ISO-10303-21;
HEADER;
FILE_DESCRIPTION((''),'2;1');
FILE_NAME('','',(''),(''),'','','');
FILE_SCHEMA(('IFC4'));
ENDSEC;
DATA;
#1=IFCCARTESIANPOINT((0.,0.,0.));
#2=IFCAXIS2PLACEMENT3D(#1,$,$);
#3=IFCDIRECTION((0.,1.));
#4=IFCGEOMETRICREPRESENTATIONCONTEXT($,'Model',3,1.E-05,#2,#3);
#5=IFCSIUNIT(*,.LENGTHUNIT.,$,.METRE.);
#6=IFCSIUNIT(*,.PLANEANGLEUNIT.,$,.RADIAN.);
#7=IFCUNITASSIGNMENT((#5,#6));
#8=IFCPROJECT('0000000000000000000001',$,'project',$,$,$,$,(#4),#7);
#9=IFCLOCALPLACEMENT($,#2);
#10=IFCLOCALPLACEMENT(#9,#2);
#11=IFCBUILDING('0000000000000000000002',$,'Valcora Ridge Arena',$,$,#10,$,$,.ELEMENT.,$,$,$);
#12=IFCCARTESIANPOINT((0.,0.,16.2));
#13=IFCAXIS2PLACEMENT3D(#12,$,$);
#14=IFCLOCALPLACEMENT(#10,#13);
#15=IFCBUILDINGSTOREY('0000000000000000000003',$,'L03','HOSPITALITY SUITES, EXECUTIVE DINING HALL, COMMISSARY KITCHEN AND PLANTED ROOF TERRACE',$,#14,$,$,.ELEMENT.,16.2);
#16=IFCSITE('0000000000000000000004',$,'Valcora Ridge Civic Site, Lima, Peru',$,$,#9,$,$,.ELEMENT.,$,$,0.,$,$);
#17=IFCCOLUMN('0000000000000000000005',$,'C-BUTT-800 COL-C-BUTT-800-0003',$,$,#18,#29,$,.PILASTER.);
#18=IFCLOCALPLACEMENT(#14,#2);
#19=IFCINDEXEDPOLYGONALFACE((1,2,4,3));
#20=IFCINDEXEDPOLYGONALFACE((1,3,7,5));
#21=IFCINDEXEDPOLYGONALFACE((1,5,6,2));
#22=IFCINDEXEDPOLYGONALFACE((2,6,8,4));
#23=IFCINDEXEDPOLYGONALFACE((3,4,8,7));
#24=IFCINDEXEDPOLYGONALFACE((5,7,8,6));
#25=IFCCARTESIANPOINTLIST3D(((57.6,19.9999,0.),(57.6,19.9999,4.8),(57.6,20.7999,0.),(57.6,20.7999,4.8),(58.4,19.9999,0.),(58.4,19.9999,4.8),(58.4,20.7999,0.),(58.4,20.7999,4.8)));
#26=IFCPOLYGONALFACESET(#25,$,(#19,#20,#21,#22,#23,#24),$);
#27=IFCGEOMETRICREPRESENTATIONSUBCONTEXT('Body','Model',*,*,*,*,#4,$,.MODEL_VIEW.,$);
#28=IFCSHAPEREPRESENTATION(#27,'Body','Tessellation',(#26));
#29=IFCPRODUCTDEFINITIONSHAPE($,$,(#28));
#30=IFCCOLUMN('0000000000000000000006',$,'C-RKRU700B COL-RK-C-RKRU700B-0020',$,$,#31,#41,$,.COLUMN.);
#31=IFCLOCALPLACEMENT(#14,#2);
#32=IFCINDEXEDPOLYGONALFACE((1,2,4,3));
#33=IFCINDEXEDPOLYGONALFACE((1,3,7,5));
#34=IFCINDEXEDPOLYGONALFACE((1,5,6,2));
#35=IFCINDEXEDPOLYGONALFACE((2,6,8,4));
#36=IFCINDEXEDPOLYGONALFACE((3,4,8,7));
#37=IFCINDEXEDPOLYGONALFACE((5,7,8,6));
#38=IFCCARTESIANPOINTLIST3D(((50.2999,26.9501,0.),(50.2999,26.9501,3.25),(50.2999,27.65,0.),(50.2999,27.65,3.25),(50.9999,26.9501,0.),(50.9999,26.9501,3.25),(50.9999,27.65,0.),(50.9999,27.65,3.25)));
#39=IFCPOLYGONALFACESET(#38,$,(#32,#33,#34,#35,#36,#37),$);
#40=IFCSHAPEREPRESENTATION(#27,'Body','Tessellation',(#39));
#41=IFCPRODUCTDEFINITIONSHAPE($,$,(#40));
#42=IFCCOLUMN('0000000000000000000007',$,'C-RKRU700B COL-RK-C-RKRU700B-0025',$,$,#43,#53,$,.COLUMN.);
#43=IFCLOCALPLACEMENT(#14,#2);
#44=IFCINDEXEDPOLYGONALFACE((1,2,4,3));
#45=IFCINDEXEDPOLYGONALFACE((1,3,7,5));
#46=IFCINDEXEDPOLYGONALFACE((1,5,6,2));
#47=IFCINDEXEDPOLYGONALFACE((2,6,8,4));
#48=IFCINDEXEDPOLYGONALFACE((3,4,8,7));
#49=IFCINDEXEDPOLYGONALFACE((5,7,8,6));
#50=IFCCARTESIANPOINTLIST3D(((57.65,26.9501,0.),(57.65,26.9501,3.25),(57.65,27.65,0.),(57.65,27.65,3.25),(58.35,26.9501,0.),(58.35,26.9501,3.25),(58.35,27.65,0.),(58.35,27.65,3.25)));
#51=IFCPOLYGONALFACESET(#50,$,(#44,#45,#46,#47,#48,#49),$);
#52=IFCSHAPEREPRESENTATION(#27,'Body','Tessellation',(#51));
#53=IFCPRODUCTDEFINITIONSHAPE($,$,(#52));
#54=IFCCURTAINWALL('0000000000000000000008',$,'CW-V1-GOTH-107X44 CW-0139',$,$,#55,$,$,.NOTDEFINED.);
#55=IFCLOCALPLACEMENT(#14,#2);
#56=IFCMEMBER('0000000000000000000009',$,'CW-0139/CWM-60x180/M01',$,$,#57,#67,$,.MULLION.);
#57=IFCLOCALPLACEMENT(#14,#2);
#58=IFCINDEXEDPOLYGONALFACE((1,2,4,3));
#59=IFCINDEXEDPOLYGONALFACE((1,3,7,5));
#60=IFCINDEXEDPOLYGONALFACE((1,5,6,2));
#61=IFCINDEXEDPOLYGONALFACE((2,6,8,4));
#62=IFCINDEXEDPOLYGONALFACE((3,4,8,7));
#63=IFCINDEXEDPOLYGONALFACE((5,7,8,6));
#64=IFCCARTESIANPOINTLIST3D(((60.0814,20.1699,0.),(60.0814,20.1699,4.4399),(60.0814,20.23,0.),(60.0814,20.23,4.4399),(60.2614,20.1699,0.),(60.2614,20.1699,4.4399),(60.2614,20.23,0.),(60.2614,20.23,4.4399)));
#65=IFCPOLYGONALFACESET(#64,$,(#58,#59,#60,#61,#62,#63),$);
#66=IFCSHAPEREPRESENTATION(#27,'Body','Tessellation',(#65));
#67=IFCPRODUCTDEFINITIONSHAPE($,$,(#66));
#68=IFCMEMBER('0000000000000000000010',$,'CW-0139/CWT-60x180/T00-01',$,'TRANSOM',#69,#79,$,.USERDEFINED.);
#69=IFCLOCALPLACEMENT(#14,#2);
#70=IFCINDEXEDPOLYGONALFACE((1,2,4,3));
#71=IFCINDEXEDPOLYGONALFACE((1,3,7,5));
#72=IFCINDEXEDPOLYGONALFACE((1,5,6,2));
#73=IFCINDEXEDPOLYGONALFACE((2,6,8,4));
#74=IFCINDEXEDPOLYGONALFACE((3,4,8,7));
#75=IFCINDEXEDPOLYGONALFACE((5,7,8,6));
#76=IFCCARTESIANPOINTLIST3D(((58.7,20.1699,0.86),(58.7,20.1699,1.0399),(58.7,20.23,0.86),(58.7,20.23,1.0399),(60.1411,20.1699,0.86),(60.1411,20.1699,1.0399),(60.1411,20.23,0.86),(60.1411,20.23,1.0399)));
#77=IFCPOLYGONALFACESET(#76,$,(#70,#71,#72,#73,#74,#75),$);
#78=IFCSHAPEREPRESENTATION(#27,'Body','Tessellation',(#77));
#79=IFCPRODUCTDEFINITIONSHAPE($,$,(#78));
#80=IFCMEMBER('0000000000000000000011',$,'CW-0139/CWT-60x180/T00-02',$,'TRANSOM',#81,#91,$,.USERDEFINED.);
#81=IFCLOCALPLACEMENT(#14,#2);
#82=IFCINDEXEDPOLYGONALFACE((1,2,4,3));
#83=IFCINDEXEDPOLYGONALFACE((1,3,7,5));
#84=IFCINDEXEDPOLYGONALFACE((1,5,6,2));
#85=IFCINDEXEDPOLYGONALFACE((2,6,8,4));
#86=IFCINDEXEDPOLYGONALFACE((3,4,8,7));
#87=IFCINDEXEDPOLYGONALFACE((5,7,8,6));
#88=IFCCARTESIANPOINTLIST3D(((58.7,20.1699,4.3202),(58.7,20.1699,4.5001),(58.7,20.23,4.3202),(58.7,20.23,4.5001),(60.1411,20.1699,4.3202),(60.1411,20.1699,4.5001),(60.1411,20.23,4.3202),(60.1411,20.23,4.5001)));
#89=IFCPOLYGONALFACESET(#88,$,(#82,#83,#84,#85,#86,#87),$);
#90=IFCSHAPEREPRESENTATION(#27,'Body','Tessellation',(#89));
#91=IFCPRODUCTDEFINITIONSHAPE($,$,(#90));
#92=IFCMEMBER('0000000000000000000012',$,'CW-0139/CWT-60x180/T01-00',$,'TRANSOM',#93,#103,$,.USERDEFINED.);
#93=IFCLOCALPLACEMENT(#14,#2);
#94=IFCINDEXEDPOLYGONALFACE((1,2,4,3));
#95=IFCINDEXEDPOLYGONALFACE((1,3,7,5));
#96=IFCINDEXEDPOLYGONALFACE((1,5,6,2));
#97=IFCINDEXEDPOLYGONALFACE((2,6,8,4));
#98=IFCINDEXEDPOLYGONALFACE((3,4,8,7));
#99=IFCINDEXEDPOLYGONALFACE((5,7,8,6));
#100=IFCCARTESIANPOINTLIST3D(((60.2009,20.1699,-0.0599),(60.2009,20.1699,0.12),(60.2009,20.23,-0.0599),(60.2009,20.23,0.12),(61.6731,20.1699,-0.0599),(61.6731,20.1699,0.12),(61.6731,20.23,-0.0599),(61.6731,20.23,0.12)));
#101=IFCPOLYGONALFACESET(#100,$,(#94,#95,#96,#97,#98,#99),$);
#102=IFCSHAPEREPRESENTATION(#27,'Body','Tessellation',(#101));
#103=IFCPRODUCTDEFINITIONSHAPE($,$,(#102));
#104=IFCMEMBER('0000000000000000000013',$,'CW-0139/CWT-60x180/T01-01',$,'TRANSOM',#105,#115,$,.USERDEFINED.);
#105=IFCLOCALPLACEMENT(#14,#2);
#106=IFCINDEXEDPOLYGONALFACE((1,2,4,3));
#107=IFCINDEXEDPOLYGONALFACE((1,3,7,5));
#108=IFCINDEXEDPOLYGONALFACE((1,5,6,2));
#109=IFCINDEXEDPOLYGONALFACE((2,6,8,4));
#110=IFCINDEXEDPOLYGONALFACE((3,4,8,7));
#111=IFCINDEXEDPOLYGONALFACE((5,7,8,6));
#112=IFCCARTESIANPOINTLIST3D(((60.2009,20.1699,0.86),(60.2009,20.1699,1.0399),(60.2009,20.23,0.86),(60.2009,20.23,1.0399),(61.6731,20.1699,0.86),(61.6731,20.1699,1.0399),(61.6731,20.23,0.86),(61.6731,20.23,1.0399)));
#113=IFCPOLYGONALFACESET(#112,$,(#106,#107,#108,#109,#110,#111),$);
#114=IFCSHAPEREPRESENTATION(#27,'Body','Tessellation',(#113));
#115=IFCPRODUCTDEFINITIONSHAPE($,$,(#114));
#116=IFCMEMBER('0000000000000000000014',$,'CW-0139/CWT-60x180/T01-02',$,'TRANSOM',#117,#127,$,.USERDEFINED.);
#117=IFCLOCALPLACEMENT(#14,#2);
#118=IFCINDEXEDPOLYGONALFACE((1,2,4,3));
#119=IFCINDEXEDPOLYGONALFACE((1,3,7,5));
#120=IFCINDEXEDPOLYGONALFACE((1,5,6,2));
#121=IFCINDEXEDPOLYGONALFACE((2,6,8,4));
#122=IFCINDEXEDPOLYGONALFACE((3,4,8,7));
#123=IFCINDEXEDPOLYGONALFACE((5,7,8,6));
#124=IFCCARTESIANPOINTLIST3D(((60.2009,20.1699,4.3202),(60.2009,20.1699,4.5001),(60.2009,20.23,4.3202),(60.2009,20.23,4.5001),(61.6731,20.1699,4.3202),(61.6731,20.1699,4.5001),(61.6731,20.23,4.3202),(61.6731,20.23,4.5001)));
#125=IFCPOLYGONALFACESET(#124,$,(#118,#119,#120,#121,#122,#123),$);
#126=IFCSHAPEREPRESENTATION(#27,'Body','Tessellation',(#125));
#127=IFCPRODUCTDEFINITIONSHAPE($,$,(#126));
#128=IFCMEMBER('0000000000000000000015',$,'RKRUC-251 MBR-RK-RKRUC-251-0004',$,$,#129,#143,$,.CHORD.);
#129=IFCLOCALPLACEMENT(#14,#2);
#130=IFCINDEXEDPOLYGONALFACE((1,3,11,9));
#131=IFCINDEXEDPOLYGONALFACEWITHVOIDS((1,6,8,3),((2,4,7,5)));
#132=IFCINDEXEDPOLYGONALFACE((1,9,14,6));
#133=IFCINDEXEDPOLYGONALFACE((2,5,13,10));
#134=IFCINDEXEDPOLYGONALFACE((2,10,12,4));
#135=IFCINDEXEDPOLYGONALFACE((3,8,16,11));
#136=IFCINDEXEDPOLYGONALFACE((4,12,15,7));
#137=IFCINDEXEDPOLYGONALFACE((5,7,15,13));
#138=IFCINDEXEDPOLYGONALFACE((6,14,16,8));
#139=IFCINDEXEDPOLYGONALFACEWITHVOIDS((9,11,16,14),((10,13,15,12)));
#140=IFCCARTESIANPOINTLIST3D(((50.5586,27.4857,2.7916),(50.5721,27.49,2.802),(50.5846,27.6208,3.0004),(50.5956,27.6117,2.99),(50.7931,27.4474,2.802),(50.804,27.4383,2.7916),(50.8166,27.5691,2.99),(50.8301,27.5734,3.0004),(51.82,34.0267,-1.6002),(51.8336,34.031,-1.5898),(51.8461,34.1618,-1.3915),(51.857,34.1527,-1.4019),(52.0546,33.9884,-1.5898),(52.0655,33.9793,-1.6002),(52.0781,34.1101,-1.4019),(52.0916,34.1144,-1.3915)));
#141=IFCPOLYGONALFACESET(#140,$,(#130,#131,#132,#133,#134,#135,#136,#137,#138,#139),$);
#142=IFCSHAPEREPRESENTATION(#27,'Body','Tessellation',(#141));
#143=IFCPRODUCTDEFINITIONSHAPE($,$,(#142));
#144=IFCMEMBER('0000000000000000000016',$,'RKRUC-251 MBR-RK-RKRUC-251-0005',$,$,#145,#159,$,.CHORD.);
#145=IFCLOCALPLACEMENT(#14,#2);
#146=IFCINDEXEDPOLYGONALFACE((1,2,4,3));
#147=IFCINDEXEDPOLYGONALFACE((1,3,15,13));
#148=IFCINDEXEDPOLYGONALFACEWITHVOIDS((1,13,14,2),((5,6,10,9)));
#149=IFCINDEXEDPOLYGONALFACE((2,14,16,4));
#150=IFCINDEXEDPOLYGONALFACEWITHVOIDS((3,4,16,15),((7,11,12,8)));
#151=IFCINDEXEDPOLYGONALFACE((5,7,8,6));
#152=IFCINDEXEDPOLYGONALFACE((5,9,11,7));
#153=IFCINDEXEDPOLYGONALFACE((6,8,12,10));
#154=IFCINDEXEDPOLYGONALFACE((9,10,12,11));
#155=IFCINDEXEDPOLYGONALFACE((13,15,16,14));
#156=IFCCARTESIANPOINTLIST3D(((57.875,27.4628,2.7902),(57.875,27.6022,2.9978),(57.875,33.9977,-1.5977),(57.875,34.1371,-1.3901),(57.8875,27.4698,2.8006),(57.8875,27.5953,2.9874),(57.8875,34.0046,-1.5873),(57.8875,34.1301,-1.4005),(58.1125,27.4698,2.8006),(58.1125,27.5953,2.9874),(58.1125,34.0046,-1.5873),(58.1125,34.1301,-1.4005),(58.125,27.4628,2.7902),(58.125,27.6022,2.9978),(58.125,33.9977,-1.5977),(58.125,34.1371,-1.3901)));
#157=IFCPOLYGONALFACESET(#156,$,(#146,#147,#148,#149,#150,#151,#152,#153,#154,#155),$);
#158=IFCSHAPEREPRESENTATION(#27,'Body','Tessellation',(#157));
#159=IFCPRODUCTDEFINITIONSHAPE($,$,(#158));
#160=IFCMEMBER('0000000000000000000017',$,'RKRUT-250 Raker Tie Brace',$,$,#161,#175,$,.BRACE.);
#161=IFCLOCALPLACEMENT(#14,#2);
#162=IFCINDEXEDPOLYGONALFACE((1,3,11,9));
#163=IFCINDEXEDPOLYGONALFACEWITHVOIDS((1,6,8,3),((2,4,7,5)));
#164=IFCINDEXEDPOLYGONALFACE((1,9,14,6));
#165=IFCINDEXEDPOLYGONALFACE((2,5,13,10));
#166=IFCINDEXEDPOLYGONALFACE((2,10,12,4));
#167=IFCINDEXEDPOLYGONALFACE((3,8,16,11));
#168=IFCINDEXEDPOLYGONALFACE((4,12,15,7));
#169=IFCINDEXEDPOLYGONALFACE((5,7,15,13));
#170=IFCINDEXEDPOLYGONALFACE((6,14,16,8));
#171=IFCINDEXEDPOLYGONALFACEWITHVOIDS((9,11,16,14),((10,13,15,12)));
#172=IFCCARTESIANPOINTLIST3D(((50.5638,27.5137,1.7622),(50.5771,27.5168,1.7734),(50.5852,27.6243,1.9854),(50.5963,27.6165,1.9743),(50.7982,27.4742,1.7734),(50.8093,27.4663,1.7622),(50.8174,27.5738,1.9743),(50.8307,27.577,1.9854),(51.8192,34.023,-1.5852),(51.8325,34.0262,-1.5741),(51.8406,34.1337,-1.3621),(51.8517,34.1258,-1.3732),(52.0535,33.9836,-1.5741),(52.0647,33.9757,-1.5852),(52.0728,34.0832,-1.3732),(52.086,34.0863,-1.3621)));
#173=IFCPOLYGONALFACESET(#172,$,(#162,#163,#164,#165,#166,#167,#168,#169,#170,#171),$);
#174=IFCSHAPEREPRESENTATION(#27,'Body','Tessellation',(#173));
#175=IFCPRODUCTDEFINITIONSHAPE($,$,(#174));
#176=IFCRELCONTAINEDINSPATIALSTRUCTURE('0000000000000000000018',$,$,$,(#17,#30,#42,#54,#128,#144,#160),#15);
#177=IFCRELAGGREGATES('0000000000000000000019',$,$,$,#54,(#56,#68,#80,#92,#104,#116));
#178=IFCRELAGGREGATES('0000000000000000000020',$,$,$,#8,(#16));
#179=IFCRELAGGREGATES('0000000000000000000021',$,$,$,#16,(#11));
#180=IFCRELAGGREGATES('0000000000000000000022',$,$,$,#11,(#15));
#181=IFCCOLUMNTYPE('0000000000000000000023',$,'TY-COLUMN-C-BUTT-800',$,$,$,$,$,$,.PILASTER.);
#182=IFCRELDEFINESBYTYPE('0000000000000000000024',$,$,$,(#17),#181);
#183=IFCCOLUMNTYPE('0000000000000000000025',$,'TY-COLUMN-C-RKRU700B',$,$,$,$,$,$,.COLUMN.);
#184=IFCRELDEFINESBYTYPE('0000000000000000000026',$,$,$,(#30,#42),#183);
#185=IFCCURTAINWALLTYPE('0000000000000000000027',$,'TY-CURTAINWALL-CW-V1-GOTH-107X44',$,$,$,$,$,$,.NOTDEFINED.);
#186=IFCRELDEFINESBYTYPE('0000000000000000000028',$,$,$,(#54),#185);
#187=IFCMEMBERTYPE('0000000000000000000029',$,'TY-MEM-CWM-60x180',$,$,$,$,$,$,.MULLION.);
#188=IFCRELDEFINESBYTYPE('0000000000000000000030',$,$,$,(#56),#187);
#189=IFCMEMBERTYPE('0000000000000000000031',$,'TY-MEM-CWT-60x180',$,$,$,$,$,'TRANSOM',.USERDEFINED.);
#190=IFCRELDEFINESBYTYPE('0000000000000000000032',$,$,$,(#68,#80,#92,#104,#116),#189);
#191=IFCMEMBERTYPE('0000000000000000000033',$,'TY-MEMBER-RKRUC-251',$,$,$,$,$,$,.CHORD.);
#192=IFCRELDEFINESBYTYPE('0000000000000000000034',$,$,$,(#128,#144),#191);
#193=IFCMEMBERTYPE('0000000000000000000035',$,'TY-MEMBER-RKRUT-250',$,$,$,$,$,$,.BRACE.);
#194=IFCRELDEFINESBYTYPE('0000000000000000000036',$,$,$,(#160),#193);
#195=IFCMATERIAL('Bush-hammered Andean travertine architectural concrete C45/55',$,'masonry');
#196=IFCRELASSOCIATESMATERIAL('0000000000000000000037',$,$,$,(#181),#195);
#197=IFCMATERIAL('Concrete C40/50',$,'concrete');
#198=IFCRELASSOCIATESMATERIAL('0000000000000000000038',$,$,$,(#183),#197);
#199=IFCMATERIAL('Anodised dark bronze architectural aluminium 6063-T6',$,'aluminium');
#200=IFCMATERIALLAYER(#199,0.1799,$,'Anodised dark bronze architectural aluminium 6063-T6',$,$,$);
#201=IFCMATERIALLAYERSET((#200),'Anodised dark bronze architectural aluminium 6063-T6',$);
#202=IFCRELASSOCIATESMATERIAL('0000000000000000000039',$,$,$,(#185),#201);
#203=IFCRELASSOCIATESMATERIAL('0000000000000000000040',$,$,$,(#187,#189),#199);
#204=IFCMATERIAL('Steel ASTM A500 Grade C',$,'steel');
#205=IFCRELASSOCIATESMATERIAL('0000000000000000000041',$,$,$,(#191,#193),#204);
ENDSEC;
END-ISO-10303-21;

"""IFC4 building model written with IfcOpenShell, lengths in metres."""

from ifc_helpers import new_model, si_unit, direction, frame, origin, origin_2d, place, context, subcontext, project, spatial, rectangle, hollow_rectangle, extrude, material, layer, layer_set, material_profile, profile_set, type_object, element, aggregate, save


model = new_model("IFC4")

# Units and contexts
model_context = context("Model", 3, precision=1e-05, world=origin(), true_north=direction((0.0, 1.0)))
body_context = subcontext(model_context, "Body", "Model", "MODEL_VIEW")
ifc_project = project(units=[si_unit("LENGTHUNIT", "METRE"), si_unit("PLANEANGLEUNIT", "RADIAN")], contexts=[model_context])

# Site, building, storey
site_placement = place(None, origin())
site = spatial("IfcSite", under=ifc_project, at=site_placement, Name="Valcora Ridge Civic Site, Lima, Peru", CompositionType="ELEMENT", RefElevation=0.0)
building_placement = place(site_placement, origin())
building = spatial("IfcBuilding", under=site, at=building_placement, Name="Valcora Ridge Arena", CompositionType="ELEMENT")
storey_placement = place(building_placement, frame((0.0, 0.0, 16.2)))
storey = spatial("IfcBuildingStorey", under=building, at=storey_placement, Name="L03", Description="HOSPITALITY SUITES, EXECUTIVE DINING HALL, COMMISSARY KITCHEN AND PLANTED ROOF TERRACE", CompositionType="ELEMENT", Elevation=16.2)

# Columns
ifc_material_1 = material(Name="Bush-hammered Andean travertine architectural concrete C45/55", Category="masonry")
ifc_material_profile_1 = material_profile(ifc_material_1, rectangle(XDim=0.8, YDim=0.8, at=origin_2d()), Name="RC 800x800")
ifc_profile_set_1 = profile_set([ifc_material_profile_1], Name="Bush-hammered Andean travertine architectural concrete C45/55")
column_type_1 = type_object("IfcColumnType", Name="TY-COLUMN-C-BUTT-800", PredefinedType="PILASTER", material=ifc_profile_set_1)
column_placement = place(storey_placement, frame((58.0, 20.3999, 0.0), z_axis=(0.0, 0.0, 1.0), x_axis=(1.0, 0.0, 0.0)))
element("IfcColumn", 1, at=column_placement, inside=storey, type_object=column_type_1, Name="C-BUTT-800 COL-C-BUTT-800-0003", PredefinedType="PILASTER", context=body_context, shape_type="SweptSolid", body=[
    extrude(rectangle(XDim=0.8, YDim=0.8, at=origin_2d()), origin(), (0.0, 0.0, 1.0), 4.8),
])
ifc_material_2 = material(Name="Concrete C40/50", Category="concrete")
ifc_material_profile_2 = material_profile(ifc_material_2, rectangle(XDim=0.7, YDim=0.7, at=origin_2d()), Name="RC 700x700")
ifc_profile_set_2 = profile_set([ifc_material_profile_2], Name="Concrete C40/50")
column_type_2 = type_object("IfcColumnType", Name="TY-COLUMN-C-RKRU700B", PredefinedType="COLUMN", material=ifc_profile_set_2)
for number, where, z_axis, x_axis, name in (
    (2, (50.6499, 27.3, 0.0), (0.0, 0.0, 1.0), (1.0, 0.0, 0.0), "C-RKRU700B COL-RK-C-RKRU700B-0020"),
    (3, (58.0, 27.3, 0.0), (0.0, 0.0, 1.0), (1.0, 0.0, 0.0), "C-RKRU700B COL-RK-C-RKRU700B-0025"),
):
    element("IfcColumn", number, at=place(storey_placement, frame(where, z_axis=z_axis, x_axis=x_axis)), inside=storey, type_object=column_type_2, Name=name, PredefinedType="COLUMN", context=body_context, shape_type="SweptSolid", body=[
        extrude(rectangle(XDim=0.7, YDim=0.7, at=origin_2d()), origin(), (0.0, 0.0, 1.0), 3.25),
    ])

# Curtain wall, members
ifc_material_3 = material(Name="Anodised dark bronze architectural aluminium 6063-T6", Category="aluminium")
ifc_layer_1 = layer(ifc_material_3, 0.1799, Name="Anodised dark bronze architectural aluminium 6063-T6")
ifc_layer_set_1 = layer_set([ifc_layer_1], Name="Anodised dark bronze architectural aluminium 6063-T6")
curtain_wall_type = type_object("IfcCurtainWallType", Name="TY-CURTAINWALL-CW-V1-GOTH-107X44", PredefinedType="NOTDEFINED", material=ifc_layer_set_1)
curtain_wall_placement = place(storey_placement, origin())
curtain_wall = element("IfcCurtainWall", 4, at=curtain_wall_placement, inside=storey, type_object=curtain_wall_type, Name="CW-V1-GOTH-107X44 CW-0139", PredefinedType="NOTDEFINED")
ifc_material_profile_3 = material_profile(ifc_material_3, rectangle(XDim=0.0601, YDim=0.1799, at=origin_2d()), Name="ALU MULLION 60x180")
ifc_profile_set_3 = profile_set([ifc_material_profile_3], Name="Anodised dark bronze architectural aluminium 6063-T6")
member_type_1 = type_object("IfcMemberType", Name="TY-MEM-CWM-60x180", PredefinedType="MULLION", material=ifc_profile_set_3)
member_1_placement = place(storey_placement, frame((60.1714, 20.2, 0.0), z_axis=(0.0, 0.0, 1.0), x_axis=(0.0, 1.0, 0.0)))
member_1 = element("IfcMember", 5, at=member_1_placement, type_object=member_type_1, Name="CW-0139/CWM-60x180/M01", PredefinedType="MULLION", context=body_context, shape_type="SweptSolid", body=[
    extrude(rectangle(XDim=0.0601, YDim=0.1799, at=origin_2d()), origin(), (0.0, 0.0, 1.0), 4.4399),
])
ifc_material_profile_4 = material_profile(ifc_material_3, rectangle(XDim=0.0601, YDim=0.1799, at=origin_2d()), Name="ALU TRANSOM 60x180")
ifc_profile_set_4 = profile_set([ifc_material_profile_4], Name="Anodised dark bronze architectural aluminium 6063-T6")
member_type_2 = type_object("IfcMemberType", Name="TY-MEM-CWT-60x180", ElementType="TRANSOM", PredefinedType="USERDEFINED", material=ifc_profile_set_4)
member_2_placement = place(storey_placement, frame((58.7, 20.2, 0.95), z_axis=(1.0, 0.0, 0.0), x_axis=(0.0, 1.0, 0.0)))
member_2 = element("IfcMember", 6, at=member_2_placement, type_object=member_type_2, Name="CW-0139/CWT-60x180/T00-01", ObjectType="TRANSOM", PredefinedType="USERDEFINED", context=body_context, shape_type="SweptSolid", body=[
    extrude(rectangle(XDim=0.0601, YDim=0.1799, at=origin_2d()), origin(), (0.0, 0.0, 1.0), 1.4412),
])
member_3_placement = place(storey_placement, frame((58.7, 20.2, 4.4102), z_axis=(1.0, 0.0, 0.0), x_axis=(0.0, 1.0, 0.0)))
member_3 = element("IfcMember", 7, at=member_3_placement, type_object=member_type_2, Name="CW-0139/CWT-60x180/T00-02", ObjectType="TRANSOM", PredefinedType="USERDEFINED", context=body_context, shape_type="SweptSolid", body=[
    extrude(rectangle(XDim=0.0601, YDim=0.1799, at=origin_2d()), origin(), (0.0, 0.0, 1.0), 1.4412),
])
member_4_placement = place(storey_placement, frame((60.2009, 20.2, 0.03), z_axis=(1.0, 0.0, 0.0), x_axis=(0.0, 1.0, 0.0)))
member_4 = element("IfcMember", 8, at=member_4_placement, type_object=member_type_2, Name="CW-0139/CWT-60x180/T01-00", ObjectType="TRANSOM", PredefinedType="USERDEFINED", context=body_context, shape_type="SweptSolid", body=[
    extrude(rectangle(XDim=0.0601, YDim=0.1799, at=origin_2d()), origin(), (0.0, 0.0, 1.0), 1.4722),
])
member_5_placement = place(storey_placement, frame((60.2009, 20.2, 0.95), z_axis=(1.0, 0.0, 0.0), x_axis=(0.0, 1.0, 0.0)))
member_5 = element("IfcMember", 9, at=member_5_placement, type_object=member_type_2, Name="CW-0139/CWT-60x180/T01-01", ObjectType="TRANSOM", PredefinedType="USERDEFINED", context=body_context, shape_type="SweptSolid", body=[
    extrude(rectangle(XDim=0.0601, YDim=0.1799, at=origin_2d()), origin(), (0.0, 0.0, 1.0), 1.4722),
])
member_6_placement = place(storey_placement, frame((60.2009, 20.2, 4.4102), z_axis=(1.0, 0.0, 0.0), x_axis=(0.0, 1.0, 0.0)))
member_6 = element("IfcMember", 10, at=member_6_placement, type_object=member_type_2, Name="CW-0139/CWT-60x180/T01-02", ObjectType="TRANSOM", PredefinedType="USERDEFINED", context=body_context, shape_type="SweptSolid", body=[
    extrude(rectangle(XDim=0.0601, YDim=0.1799, at=origin_2d()), origin(), (0.0, 0.0, 1.0), 1.4722),
])

# Members
ifc_material_4 = material(Name="Steel ASTM A500 Grade C", Category="steel")
ifc_material_profile_5 = material_profile(ifc_material_4, hollow_rectangle(XDim=0.25, YDim=0.25, WallThickness=0.0125, at=origin_2d()), Name="HSS250X250X12")
ifc_profile_set_5 = profile_set([ifc_material_profile_5], Name="Steel ASTM A500 Grade C")
member_type_3 = type_object("IfcMemberType", Name="TY-MEMBER-RKRUC-251", PredefinedType="CHORD", material=ifc_profile_set_5)
member_7_placement = place(storey_placement, frame((51.9558, 34.0706, -1.4958), z_axis=(-0.158099, -0.819778, 0.550425), x_axis=(0.981906, -0.189367, 0.0)))
element("IfcMember", 11, at=member_7_placement, inside=storey, type_object=member_type_3, Name="RKRUC-251 MBR-RK-RKRUC-251-0004", PredefinedType="CHORD", context=body_context, shape_type="SweptSolid", body=[
    extrude(hollow_rectangle(XDim=0.25, YDim=0.25, WallThickness=0.0125, at=origin_2d()), origin(), (0.0, 0.0, 1.0), 7.979),
])
member_8_placement = place(storey_placement, frame((58.0, 34.0674, -1.4939), z_axis=(0.0, -0.830209, 0.557453), x_axis=(1.0, 0.0, 0.0)))
element("IfcMember", 12, at=member_8_placement, inside=storey, type_object=member_type_3, Name="RKRUC-251 MBR-RK-RKRUC-251-0005", PredefinedType="CHORD", context=body_context, shape_type="SweptSolid", body=[
    extrude(hollow_rectangle(XDim=0.25, YDim=0.25, WallThickness=0.0125, at=origin_2d()), origin(), (0.0, 0.0, 1.0), 7.8713),
])
ifc_material_profile_6 = material_profile(ifc_material_4, hollow_rectangle(XDim=0.25, YDim=0.25, WallThickness=0.0125, at=origin_2d()), Name="HSS250X250X12")
ifc_profile_set_6 = profile_set([ifc_material_profile_6], Name="Steel ASTM A500 Grade C")
member_type_4 = type_object("IfcMemberType", Name="TY-MEMBER-RKRUT-250", PredefinedType="BRACE", material=ifc_profile_set_6)
member_9_placement = place(storey_placement, frame((51.9526, 34.0547, -1.4736), z_axis=(-0.169041, -0.876502, 0.450743), x_axis=(0.981906, -0.189369, 0.0)))
element("IfcMember", 13, at=member_9_placement, inside=storey, type_object=member_type_4, Name="RKRUT-250 Raker Tie Brace", PredefinedType="BRACE", context=body_context, shape_type="SweptSolid", body=[
    extrude(hollow_rectangle(XDim=0.25, YDim=0.25, WallThickness=0.0125, at=origin_2d()), origin(), (0.0, 0.0, 1.0), 7.4265),
])

aggregate(curtain_wall, [member_1, member_2, member_3, member_4, member_5, member_6])

save(model, "model.ifc")
